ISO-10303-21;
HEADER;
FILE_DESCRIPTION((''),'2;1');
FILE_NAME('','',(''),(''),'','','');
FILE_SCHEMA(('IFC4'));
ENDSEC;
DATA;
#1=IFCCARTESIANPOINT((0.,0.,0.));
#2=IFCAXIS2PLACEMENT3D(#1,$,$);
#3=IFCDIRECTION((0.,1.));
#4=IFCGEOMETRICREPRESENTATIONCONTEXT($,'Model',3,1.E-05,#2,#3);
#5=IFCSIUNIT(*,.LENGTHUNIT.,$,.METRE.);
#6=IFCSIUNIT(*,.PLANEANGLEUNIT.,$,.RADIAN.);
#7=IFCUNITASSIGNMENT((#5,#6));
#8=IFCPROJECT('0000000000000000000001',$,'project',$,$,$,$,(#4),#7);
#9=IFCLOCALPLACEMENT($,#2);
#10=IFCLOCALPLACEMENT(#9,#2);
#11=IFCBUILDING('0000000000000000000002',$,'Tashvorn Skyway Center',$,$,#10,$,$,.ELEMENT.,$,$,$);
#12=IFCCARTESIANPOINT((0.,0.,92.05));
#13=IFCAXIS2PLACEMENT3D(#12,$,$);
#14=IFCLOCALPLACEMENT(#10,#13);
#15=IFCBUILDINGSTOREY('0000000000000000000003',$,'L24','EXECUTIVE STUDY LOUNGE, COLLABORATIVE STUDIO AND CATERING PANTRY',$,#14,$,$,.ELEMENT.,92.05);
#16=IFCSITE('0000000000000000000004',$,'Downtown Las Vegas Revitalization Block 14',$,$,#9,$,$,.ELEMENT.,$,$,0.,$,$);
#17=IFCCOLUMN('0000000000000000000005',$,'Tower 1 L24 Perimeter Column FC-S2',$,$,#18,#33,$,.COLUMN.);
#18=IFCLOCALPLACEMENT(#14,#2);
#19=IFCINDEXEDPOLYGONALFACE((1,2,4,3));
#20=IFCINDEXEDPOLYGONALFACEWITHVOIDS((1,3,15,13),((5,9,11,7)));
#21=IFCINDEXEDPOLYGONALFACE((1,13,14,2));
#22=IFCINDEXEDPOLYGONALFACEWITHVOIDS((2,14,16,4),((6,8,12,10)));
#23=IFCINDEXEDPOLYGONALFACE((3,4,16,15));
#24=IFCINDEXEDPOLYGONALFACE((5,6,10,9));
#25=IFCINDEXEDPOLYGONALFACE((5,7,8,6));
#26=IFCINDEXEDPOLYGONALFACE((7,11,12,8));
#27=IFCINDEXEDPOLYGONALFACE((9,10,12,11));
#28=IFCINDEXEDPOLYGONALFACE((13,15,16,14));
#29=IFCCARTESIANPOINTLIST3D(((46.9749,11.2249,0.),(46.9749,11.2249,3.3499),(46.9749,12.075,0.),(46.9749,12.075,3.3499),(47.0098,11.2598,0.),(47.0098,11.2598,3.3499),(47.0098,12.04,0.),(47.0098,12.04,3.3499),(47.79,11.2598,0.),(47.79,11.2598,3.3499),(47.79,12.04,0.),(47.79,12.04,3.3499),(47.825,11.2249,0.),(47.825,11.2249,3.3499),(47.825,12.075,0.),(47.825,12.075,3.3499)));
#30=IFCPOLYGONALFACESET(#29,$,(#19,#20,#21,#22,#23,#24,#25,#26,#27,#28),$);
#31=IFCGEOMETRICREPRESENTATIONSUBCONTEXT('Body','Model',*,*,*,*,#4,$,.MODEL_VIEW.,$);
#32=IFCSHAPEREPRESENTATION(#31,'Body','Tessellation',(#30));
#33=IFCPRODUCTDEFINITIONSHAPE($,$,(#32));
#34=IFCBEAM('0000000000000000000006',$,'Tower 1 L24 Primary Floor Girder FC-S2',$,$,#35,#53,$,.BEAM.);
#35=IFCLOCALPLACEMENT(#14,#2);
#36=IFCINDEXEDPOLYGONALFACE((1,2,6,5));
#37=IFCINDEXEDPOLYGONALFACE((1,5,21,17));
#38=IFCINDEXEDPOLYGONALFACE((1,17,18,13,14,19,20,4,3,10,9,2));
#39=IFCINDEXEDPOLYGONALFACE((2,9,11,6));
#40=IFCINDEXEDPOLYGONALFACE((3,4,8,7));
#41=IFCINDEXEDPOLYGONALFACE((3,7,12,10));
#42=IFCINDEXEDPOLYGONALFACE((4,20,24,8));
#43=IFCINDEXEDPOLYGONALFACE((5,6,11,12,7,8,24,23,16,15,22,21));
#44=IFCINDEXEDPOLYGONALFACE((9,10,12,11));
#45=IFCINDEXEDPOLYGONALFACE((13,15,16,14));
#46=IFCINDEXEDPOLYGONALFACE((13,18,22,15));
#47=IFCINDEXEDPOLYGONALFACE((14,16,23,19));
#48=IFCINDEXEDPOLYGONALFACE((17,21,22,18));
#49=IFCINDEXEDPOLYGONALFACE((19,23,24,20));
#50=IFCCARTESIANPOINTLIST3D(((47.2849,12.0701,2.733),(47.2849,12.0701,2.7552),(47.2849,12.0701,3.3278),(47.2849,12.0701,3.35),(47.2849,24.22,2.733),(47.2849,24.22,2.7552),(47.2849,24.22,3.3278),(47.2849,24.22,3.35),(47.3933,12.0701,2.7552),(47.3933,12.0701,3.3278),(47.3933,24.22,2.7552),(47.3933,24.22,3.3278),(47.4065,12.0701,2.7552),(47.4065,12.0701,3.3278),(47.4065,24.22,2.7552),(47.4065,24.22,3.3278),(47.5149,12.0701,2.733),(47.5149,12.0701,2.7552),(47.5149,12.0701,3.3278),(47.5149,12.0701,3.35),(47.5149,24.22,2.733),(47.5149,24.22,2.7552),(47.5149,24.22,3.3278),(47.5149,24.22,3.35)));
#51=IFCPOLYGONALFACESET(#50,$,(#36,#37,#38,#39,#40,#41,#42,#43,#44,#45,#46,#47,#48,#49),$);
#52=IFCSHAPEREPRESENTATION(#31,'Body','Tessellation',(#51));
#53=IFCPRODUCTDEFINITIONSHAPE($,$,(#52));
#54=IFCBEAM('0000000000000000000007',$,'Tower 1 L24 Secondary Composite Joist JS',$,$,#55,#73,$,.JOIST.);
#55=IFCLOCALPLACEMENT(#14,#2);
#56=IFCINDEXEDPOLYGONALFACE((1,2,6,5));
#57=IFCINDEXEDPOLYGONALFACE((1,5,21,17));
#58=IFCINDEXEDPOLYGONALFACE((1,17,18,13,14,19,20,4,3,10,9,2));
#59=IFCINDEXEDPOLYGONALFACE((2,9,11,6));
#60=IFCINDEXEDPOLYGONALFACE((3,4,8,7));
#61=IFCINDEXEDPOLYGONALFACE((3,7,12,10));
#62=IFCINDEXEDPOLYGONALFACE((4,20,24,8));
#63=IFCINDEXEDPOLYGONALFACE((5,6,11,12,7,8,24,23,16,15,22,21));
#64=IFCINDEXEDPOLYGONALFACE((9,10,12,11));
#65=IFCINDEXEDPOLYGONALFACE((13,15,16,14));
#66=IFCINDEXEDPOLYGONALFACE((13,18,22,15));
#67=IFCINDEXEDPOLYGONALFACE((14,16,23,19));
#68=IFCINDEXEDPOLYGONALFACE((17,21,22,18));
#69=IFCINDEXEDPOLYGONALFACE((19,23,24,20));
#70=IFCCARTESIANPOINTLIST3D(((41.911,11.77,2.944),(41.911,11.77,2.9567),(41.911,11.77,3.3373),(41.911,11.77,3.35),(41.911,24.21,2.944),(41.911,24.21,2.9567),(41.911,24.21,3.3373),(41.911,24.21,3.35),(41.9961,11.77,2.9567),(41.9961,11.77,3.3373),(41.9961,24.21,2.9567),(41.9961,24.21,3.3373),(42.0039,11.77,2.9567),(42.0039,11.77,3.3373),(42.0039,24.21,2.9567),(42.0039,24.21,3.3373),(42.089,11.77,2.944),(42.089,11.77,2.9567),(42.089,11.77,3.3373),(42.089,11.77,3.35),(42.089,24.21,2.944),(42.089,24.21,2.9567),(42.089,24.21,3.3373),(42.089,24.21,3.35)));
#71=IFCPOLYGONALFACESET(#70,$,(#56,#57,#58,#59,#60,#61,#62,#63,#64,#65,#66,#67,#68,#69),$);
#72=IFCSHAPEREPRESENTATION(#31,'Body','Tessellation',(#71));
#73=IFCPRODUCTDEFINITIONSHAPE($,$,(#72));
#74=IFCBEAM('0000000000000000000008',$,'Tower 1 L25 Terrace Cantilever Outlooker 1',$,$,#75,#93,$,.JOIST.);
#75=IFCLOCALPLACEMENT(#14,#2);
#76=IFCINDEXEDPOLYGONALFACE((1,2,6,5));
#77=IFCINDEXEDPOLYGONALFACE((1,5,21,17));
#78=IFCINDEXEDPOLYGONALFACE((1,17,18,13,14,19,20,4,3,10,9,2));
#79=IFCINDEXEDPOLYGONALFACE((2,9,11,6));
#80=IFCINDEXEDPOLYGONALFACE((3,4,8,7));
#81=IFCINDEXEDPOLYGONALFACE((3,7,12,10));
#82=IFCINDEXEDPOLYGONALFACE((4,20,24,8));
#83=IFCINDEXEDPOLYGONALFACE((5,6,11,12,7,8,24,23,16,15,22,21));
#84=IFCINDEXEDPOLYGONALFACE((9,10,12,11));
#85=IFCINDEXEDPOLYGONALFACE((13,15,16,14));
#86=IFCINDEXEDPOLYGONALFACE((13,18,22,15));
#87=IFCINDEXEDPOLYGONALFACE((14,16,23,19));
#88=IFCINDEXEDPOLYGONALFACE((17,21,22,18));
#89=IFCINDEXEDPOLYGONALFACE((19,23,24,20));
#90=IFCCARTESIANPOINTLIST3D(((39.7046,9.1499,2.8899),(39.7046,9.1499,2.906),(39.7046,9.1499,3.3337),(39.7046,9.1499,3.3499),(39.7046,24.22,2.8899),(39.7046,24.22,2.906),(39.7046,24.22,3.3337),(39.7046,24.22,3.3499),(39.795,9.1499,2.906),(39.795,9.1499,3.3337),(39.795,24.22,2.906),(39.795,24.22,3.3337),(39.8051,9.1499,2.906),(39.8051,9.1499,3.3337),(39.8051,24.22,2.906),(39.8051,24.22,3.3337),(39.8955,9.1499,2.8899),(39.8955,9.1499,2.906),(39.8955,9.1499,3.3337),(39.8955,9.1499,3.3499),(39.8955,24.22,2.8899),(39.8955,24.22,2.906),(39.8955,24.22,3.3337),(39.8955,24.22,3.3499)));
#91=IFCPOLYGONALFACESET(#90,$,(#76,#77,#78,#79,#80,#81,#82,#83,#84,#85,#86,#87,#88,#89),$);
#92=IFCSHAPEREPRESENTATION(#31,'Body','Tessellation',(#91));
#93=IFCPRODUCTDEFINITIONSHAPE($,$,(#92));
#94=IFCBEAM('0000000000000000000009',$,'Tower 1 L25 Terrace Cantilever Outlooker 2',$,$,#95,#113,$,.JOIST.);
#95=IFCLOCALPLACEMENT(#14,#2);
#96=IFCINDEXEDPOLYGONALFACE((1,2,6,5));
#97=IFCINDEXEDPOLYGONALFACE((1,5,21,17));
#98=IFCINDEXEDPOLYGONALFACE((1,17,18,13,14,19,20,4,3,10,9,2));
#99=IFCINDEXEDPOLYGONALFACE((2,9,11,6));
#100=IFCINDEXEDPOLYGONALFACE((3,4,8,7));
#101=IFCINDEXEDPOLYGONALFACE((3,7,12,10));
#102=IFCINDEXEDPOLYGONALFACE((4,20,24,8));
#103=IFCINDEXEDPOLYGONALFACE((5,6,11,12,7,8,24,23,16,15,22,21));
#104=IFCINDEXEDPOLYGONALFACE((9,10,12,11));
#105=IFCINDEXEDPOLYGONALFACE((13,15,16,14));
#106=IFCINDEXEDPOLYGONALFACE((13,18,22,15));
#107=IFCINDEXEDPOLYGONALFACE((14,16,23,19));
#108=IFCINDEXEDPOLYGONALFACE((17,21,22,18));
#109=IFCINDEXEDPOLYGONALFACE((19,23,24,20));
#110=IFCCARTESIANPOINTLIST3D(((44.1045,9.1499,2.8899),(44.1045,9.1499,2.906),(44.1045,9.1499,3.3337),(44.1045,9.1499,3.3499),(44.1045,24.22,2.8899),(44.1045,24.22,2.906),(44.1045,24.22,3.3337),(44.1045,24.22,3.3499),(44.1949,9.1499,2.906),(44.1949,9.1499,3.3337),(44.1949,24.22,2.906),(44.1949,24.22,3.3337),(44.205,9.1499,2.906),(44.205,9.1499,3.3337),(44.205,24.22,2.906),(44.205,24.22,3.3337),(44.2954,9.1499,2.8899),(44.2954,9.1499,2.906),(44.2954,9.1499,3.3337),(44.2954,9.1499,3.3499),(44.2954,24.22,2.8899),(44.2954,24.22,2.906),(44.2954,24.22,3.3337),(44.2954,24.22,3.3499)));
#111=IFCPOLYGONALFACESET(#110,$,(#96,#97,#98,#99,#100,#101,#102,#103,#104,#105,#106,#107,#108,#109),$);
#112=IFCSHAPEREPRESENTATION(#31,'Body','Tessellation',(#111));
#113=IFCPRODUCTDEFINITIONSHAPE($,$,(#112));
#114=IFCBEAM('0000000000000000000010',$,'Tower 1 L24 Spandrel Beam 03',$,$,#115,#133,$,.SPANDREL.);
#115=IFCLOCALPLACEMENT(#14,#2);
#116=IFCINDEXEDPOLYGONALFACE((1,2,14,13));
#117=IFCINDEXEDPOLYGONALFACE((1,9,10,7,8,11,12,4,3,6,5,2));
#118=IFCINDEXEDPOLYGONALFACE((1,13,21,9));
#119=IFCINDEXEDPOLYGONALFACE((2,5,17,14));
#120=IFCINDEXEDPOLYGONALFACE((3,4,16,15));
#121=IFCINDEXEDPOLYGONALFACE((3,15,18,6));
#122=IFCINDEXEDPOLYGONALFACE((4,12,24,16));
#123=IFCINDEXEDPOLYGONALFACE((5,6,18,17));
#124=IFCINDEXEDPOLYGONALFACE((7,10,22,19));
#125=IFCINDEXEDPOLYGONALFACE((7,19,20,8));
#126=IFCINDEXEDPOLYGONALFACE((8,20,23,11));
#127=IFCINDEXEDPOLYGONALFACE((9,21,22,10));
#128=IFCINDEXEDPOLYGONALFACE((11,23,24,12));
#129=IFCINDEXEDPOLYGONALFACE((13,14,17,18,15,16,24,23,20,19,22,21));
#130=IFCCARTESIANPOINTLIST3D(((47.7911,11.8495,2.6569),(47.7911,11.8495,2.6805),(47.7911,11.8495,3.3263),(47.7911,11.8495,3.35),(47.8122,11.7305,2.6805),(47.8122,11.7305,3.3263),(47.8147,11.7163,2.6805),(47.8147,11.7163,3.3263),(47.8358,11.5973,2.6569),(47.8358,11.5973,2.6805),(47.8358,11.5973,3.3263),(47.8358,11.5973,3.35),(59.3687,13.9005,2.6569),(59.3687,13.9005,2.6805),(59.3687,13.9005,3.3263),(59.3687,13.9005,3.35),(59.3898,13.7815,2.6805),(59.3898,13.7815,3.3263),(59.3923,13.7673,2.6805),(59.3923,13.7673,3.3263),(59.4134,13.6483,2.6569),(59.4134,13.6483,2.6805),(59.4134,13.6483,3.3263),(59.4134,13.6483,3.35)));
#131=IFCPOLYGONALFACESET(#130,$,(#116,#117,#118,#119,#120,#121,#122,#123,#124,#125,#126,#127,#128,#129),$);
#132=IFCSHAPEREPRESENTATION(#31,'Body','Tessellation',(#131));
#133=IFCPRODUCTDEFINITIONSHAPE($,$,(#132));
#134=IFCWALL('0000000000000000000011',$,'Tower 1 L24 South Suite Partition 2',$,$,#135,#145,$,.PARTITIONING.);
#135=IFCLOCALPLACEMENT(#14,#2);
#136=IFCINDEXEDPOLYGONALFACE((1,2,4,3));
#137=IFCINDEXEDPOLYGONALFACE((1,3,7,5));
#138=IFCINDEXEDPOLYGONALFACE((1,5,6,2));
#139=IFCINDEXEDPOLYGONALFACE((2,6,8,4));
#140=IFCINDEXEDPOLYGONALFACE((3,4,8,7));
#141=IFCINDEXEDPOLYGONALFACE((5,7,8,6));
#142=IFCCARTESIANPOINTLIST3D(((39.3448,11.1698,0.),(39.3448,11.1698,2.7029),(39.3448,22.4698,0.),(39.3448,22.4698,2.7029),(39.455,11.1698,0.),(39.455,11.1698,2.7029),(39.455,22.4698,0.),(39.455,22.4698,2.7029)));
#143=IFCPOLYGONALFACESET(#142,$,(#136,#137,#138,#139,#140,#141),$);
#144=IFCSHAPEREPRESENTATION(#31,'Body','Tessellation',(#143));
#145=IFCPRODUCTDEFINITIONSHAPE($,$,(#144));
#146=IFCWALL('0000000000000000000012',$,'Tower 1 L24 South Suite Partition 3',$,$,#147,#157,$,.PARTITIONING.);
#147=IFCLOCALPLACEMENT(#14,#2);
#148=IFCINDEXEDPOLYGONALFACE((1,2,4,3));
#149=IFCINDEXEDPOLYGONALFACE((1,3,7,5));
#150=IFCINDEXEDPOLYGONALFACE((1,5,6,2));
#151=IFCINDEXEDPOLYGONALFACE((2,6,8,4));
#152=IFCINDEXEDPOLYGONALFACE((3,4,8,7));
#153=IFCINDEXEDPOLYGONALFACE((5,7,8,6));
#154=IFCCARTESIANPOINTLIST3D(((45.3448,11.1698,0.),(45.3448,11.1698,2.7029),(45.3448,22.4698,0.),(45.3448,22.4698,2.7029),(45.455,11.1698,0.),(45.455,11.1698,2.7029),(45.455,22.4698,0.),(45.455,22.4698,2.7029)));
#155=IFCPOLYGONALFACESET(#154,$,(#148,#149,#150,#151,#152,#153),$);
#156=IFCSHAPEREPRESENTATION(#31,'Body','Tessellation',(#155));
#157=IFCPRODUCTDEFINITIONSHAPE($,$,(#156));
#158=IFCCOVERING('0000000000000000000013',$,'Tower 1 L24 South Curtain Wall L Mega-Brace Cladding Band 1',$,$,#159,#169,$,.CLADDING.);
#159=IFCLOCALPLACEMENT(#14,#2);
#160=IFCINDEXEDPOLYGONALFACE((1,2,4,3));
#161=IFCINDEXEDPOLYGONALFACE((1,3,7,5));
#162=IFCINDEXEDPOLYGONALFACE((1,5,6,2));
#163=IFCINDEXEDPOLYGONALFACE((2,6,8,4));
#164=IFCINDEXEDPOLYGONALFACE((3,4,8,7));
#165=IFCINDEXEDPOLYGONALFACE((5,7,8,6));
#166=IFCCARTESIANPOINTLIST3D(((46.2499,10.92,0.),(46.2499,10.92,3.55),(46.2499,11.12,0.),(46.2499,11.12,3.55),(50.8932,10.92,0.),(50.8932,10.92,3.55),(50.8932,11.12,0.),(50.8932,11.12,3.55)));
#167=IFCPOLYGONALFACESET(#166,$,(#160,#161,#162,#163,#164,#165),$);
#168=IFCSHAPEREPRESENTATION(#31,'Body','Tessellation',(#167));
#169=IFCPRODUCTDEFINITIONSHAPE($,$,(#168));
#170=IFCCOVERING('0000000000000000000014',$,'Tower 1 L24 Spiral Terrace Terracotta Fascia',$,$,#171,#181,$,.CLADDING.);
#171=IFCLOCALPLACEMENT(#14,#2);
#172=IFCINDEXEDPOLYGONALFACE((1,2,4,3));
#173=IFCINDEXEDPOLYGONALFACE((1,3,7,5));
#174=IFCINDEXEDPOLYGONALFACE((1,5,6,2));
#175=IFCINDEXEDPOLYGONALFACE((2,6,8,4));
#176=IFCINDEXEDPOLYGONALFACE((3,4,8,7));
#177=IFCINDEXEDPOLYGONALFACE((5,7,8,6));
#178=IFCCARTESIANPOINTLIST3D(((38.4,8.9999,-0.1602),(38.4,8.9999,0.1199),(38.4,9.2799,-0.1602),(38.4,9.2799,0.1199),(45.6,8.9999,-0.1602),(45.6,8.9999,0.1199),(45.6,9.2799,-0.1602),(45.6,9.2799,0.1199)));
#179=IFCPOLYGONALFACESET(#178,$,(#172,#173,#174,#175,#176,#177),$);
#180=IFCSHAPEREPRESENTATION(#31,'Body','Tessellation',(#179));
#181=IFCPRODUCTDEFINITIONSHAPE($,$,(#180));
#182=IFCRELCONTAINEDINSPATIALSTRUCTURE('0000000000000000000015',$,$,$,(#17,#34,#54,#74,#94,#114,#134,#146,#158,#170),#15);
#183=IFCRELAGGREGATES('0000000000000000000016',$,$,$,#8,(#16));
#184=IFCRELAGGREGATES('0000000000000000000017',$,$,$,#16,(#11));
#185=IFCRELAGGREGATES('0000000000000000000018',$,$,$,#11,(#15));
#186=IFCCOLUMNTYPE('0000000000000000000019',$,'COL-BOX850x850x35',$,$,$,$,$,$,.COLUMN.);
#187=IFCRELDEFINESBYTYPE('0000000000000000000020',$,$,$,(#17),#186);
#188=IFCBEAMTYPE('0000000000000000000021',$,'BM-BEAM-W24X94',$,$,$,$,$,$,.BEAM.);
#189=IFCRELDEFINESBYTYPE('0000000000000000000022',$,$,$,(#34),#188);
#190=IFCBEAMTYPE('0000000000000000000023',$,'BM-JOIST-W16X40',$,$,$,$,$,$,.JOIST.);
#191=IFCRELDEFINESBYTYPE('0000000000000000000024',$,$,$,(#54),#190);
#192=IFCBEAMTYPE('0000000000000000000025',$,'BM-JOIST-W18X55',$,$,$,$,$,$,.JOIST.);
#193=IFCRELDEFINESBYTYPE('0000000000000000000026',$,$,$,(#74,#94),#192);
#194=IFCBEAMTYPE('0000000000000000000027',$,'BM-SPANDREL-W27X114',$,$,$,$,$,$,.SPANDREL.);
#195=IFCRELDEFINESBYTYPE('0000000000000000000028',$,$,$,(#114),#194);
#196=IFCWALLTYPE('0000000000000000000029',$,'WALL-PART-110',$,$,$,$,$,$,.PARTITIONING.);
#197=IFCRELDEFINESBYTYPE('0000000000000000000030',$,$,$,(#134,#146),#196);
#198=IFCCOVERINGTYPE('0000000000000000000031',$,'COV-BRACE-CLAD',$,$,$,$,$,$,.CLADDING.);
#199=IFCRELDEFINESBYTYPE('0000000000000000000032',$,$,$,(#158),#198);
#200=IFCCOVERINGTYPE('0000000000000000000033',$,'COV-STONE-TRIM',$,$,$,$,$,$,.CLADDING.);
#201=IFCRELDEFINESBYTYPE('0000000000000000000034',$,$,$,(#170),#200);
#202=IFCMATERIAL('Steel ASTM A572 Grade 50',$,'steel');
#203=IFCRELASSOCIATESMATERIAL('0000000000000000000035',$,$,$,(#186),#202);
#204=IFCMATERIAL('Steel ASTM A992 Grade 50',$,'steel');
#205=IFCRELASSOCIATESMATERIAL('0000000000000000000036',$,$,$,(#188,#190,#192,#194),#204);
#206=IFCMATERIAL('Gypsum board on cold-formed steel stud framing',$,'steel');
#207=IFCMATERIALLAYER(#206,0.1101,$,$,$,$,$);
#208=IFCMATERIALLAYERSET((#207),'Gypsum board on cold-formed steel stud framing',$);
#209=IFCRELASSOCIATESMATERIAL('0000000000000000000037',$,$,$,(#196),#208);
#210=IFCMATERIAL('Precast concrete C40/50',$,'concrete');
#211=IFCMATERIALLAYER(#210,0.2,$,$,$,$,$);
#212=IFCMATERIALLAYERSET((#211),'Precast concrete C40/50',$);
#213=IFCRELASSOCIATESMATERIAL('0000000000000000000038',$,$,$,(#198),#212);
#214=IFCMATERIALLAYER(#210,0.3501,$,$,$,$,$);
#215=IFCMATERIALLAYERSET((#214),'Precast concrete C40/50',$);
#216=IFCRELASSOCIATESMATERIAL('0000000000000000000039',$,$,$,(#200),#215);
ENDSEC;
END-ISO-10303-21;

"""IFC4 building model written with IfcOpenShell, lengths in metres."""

from ifc_helpers import new_model, si_unit, direction, frame, frame_2d, origin, origin_2d, place, context, subcontext, project, spatial, rectangle, hollow_rectangle, i_section, extrude, material, layer, layer_set, material_profile, profile_set, type_object, element, save


model = new_model("IFC4")

# Units and contexts
model_context = context("Model", 3, precision=1e-05, world=origin(), true_north=direction((0.0, 1.0)))
body_context = subcontext(model_context, "Body", "Model", "MODEL_VIEW")
ifc_project = project(units=[si_unit("LENGTHUNIT", "METRE"), si_unit("PLANEANGLEUNIT", "RADIAN")], contexts=[model_context])

# Site, building, storey
site_placement = place(None, origin())
site = spatial("IfcSite", under=ifc_project, at=site_placement, Name="Downtown Las Vegas Revitalization Block 14", CompositionType="ELEMENT", RefElevation=0.0)
building_placement = place(site_placement, origin())
building = spatial("IfcBuilding", under=site, at=building_placement, Name="Tashvorn Skyway Center", CompositionType="ELEMENT")
storey_placement = place(building_placement, frame((0.0, 0.0, 92.05)))
storey = spatial("IfcBuildingStorey", under=building, at=storey_placement, Name="L24", Description="EXECUTIVE STUDY LOUNGE, COLLABORATIVE STUDIO AND CATERING PANTRY", CompositionType="ELEMENT", Elevation=92.05)

# Column
ifc_material_1 = material(Name="Steel ASTM A572 Grade 50", Category="steel")
ifc_material_profile_1 = material_profile(ifc_material_1, hollow_rectangle(XDim=0.8501, YDim=0.8501, WallThickness=0.0349, at=origin_2d()), Name="BOX850x850x35")
ifc_profile_set_1 = profile_set([ifc_material_profile_1], Name="Steel ASTM A572 Grade 50")
column_type = type_object("IfcColumnType", Name="COL-BOX850x850x35", PredefinedType="COLUMN", material=ifc_profile_set_1)
column_placement = place(storey_placement, frame((47.3999, 11.6499, 0.0), z_axis=(0.0, 0.0, 1.0), x_axis=(1.0, 0.0, 0.0)))
element("IfcColumn", 1, at=column_placement, inside=storey, type_object=column_type, Name="Tower 1 L24 Perimeter Column FC-S2", PredefinedType="COLUMN", context=body_context, shape_type="SweptSolid", body=[
    extrude(hollow_rectangle(XDim=0.8501, YDim=0.8501, WallThickness=0.0349, at=origin_2d()), origin(), (0.0, 0.0, 1.0), 3.3499),
])

# Beams
ifc_material_2 = material(Name="Steel ASTM A992 Grade 50", Category="steel")
ifc_material_profile_2 = material_profile(ifc_material_2, i_section(OverallWidth=0.23, OverallDepth=0.6169, WebThickness=0.0132, FlangeThickness=0.0222, at=origin_2d()), Name="W24X94")
ifc_profile_set_2 = profile_set([ifc_material_profile_2], Name="Steel ASTM A992 Grade 50")
beam_type_1 = type_object("IfcBeamType", Name="BM-BEAM-W24X94", PredefinedType="BEAM", material=ifc_profile_set_2)
beam_1_placement = place(storey_placement, frame((47.3999, 12.0701, 3.0415), z_axis=(0.0, 1.0, 0.0), x_axis=(-1.0, 0.0, 0.0)))
element("IfcBeam", 2, at=beam_1_placement, inside=storey, type_object=beam_type_1, Name="Tower 1 L24 Primary Floor Girder FC-S2", PredefinedType="BEAM", context=body_context, shape_type="SweptSolid", body=[
    extrude(i_section(OverallWidth=0.23, OverallDepth=0.6169, WebThickness=0.0132, FlangeThickness=0.0222, at=origin_2d()), origin(), (0.0, 0.0, 1.0), 12.1499),
])
ifc_material_profile_3 = material_profile(ifc_material_2, i_section(OverallWidth=0.178, OverallDepth=0.406, WebThickness=0.0078, FlangeThickness=0.0127, at=origin_2d()), Name="W16X40")
ifc_profile_set_3 = profile_set([ifc_material_profile_3], Name="Steel ASTM A992 Grade 50")
beam_type_2 = type_object("IfcBeamType", Name="BM-JOIST-W16X40", PredefinedType="JOIST", material=ifc_profile_set_3)
beam_2_placement = place(storey_placement, frame((42.0, 24.21, 3.147), z_axis=(0.0, -1.0, 0.0), x_axis=(1.0, 0.0, 0.0)))
element("IfcBeam", 3, at=beam_2_placement, inside=storey, type_object=beam_type_2, Name="Tower 1 L24 Secondary Composite Joist JS", PredefinedType="JOIST", context=body_context, shape_type="SweptSolid", body=[
    extrude(i_section(OverallWidth=0.178, OverallDepth=0.406, WebThickness=0.0078, FlangeThickness=0.0127, at=origin_2d()), origin(), (0.0, 0.0, 1.0), 12.4399),
])
ifc_material_profile_4 = material_profile(ifc_material_2, i_section(OverallWidth=0.1909, OverallDepth=0.46, WebThickness=0.01, FlangeThickness=0.0161, at=origin_2d()), Name="W18X55")
ifc_profile_set_4 = profile_set([ifc_material_profile_4], Name="Steel ASTM A992 Grade 50")
beam_type_3 = type_object("IfcBeamType", Name="BM-JOIST-W18X55", PredefinedType="JOIST", material=ifc_profile_set_4)
for number, where, z_axis, x_axis, name in (
    (4, (39.8, 24.22, 3.1199), (0.0, -1.0, 0.0), (1.0, 0.0, 0.0), "Tower 1 L25 Terrace Cantilever Outlooker 1"),
    (5, (44.2, 24.22, 3.1199), (0.0, -1.0, 0.0), (1.0, 0.0, 0.0), "Tower 1 L25 Terrace Cantilever Outlooker 2"),
):
    element("IfcBeam", number, at=place(storey_placement, frame(where, z_axis=z_axis, x_axis=x_axis)), inside=storey, type_object=beam_type_3, Name=name, PredefinedType="JOIST", context=body_context, shape_type="SweptSolid", body=[
        extrude(i_section(OverallWidth=0.1909, OverallDepth=0.46, WebThickness=0.01, FlangeThickness=0.0161, at=origin_2d()), origin(), (0.0, 0.0, 1.0), 15.0701),
    ])
ifc_material_profile_5 = material_profile(ifc_material_2, i_section(OverallWidth=0.2561, OverallDepth=0.6931, WebThickness=0.0144, FlangeThickness=0.0237, at=origin_2d()), Name="W27X114")
ifc_profile_set_5 = profile_set([ifc_material_profile_5], Name="Steel ASTM A992 Grade 50")
beam_type_4 = type_object("IfcBeamType", Name="BM-SPANDREL-W27X114", PredefinedType="SPANDREL", material=ifc_profile_set_5)
beam_3_placement = place(storey_placement, frame((47.8135, 11.7234, 3.0034), z_axis=(0.984668, 0.174438, 0.0), x_axis=(-0.174438, 0.984668, 0.0)))
element("IfcBeam", 6, at=beam_3_placement, inside=storey, type_object=beam_type_4, Name="Tower 1 L24 Spandrel Beam 03", PredefinedType="SPANDREL", context=body_context, shape_type="SweptSolid", body=[
    extrude(i_section(OverallWidth=0.2561, OverallDepth=0.6931, WebThickness=0.0144, FlangeThickness=0.0237, at=origin_2d()), origin(), (0.0, 0.0, 1.0), 11.7578),
])

# Shared definitions
ifc_material_3 = material(Name="Precast concrete C40/50", Category="concrete")

# Walls
ifc_material_4 = material(Name="Gypsum board on cold-formed steel stud framing", Category="steel")
ifc_layer_1 = layer(ifc_material_4, 0.1101)
ifc_layer_set_1 = layer_set([ifc_layer_1], Name="Gypsum board on cold-formed steel stud framing")
wall_type_1 = type_object("IfcWallType", Name="WALL-PART-110", PredefinedType="PARTITIONING", material=ifc_layer_set_1)
for number, where, z_axis, x_axis, name in (
    (7, (39.3999, 11.1699, 0.0), (0.0, 0.0, 1.0), (0.0, 1.0, 0.0), "Tower 1 L24 South Suite Partition 2"),
    (8, (45.3999, 11.1699, 0.0), (0.0, 0.0, 1.0), (0.0, 1.0, 0.0), "Tower 1 L24 South Suite Partition 3"),
):
    element("IfcWall", number, at=place(storey_placement, frame(where, z_axis=z_axis, x_axis=x_axis)), inside=storey, type_object=wall_type_1, Name=name, PredefinedType="PARTITIONING", context=body_context, shape_type="SweptSolid", body=[
        extrude(rectangle(XDim=11.3, YDim=0.1101, at=frame_2d((5.6499, 0.0))), origin(), (0.0, 0.0, 1.0), 2.7029),
    ])

# Coverings
ifc_layer_2 = layer(ifc_material_3, 0.2)
ifc_layer_set_2 = layer_set([ifc_layer_2], Name="Precast concrete C40/50")
covering_type_1 = type_object("IfcCoveringType", Name="COV-BRACE-CLAD", PredefinedType="CLADDING", material=ifc_layer_set_2)
covering_1_placement = place(storey_placement, frame((48.5715, 11.02, 0.0), z_axis=(0.0, 0.0, 1.0), x_axis=(-1.0, 0.0, 0.0)))
element("IfcCovering", 9, at=covering_1_placement, inside=storey, type_object=covering_type_1, Name="Tower 1 L24 South Curtain Wall L Mega-Brace Cladding Band 1", PredefinedType="CLADDING", context=body_context, shape_type="SweptSolid", body=[
    extrude(rectangle(XDim=4.6433, YDim=0.2, at=origin_2d()), origin(), (0.0, 0.0, 1.0), 3.55),
])
ifc_layer_3 = layer(ifc_material_3, 0.3501)
ifc_layer_set_3 = layer_set([ifc_layer_3], Name="Precast concrete C40/50")
covering_type_2 = type_object("IfcCoveringType", Name="COV-STONE-TRIM", PredefinedType="CLADDING", material=ifc_layer_set_3)
covering_2_placement = place(storey_placement, frame((42.0, 9.1399, -0.1602), z_axis=(0.0, 0.0, 1.0), x_axis=(-1.0, 0.0, 0.0)))
element("IfcCovering", 10, at=covering_2_placement, inside=storey, type_object=covering_type_2, Name="Tower 1 L24 Spiral Terrace Terracotta Fascia", PredefinedType="CLADDING", context=body_context, shape_type="SweptSolid", body=[
    extrude(rectangle(XDim=7.2, YDim=0.28, at=origin_2d()), origin(), (0.0, 0.0, 1.0), 0.28),
])

save(model, "model.ifc")
